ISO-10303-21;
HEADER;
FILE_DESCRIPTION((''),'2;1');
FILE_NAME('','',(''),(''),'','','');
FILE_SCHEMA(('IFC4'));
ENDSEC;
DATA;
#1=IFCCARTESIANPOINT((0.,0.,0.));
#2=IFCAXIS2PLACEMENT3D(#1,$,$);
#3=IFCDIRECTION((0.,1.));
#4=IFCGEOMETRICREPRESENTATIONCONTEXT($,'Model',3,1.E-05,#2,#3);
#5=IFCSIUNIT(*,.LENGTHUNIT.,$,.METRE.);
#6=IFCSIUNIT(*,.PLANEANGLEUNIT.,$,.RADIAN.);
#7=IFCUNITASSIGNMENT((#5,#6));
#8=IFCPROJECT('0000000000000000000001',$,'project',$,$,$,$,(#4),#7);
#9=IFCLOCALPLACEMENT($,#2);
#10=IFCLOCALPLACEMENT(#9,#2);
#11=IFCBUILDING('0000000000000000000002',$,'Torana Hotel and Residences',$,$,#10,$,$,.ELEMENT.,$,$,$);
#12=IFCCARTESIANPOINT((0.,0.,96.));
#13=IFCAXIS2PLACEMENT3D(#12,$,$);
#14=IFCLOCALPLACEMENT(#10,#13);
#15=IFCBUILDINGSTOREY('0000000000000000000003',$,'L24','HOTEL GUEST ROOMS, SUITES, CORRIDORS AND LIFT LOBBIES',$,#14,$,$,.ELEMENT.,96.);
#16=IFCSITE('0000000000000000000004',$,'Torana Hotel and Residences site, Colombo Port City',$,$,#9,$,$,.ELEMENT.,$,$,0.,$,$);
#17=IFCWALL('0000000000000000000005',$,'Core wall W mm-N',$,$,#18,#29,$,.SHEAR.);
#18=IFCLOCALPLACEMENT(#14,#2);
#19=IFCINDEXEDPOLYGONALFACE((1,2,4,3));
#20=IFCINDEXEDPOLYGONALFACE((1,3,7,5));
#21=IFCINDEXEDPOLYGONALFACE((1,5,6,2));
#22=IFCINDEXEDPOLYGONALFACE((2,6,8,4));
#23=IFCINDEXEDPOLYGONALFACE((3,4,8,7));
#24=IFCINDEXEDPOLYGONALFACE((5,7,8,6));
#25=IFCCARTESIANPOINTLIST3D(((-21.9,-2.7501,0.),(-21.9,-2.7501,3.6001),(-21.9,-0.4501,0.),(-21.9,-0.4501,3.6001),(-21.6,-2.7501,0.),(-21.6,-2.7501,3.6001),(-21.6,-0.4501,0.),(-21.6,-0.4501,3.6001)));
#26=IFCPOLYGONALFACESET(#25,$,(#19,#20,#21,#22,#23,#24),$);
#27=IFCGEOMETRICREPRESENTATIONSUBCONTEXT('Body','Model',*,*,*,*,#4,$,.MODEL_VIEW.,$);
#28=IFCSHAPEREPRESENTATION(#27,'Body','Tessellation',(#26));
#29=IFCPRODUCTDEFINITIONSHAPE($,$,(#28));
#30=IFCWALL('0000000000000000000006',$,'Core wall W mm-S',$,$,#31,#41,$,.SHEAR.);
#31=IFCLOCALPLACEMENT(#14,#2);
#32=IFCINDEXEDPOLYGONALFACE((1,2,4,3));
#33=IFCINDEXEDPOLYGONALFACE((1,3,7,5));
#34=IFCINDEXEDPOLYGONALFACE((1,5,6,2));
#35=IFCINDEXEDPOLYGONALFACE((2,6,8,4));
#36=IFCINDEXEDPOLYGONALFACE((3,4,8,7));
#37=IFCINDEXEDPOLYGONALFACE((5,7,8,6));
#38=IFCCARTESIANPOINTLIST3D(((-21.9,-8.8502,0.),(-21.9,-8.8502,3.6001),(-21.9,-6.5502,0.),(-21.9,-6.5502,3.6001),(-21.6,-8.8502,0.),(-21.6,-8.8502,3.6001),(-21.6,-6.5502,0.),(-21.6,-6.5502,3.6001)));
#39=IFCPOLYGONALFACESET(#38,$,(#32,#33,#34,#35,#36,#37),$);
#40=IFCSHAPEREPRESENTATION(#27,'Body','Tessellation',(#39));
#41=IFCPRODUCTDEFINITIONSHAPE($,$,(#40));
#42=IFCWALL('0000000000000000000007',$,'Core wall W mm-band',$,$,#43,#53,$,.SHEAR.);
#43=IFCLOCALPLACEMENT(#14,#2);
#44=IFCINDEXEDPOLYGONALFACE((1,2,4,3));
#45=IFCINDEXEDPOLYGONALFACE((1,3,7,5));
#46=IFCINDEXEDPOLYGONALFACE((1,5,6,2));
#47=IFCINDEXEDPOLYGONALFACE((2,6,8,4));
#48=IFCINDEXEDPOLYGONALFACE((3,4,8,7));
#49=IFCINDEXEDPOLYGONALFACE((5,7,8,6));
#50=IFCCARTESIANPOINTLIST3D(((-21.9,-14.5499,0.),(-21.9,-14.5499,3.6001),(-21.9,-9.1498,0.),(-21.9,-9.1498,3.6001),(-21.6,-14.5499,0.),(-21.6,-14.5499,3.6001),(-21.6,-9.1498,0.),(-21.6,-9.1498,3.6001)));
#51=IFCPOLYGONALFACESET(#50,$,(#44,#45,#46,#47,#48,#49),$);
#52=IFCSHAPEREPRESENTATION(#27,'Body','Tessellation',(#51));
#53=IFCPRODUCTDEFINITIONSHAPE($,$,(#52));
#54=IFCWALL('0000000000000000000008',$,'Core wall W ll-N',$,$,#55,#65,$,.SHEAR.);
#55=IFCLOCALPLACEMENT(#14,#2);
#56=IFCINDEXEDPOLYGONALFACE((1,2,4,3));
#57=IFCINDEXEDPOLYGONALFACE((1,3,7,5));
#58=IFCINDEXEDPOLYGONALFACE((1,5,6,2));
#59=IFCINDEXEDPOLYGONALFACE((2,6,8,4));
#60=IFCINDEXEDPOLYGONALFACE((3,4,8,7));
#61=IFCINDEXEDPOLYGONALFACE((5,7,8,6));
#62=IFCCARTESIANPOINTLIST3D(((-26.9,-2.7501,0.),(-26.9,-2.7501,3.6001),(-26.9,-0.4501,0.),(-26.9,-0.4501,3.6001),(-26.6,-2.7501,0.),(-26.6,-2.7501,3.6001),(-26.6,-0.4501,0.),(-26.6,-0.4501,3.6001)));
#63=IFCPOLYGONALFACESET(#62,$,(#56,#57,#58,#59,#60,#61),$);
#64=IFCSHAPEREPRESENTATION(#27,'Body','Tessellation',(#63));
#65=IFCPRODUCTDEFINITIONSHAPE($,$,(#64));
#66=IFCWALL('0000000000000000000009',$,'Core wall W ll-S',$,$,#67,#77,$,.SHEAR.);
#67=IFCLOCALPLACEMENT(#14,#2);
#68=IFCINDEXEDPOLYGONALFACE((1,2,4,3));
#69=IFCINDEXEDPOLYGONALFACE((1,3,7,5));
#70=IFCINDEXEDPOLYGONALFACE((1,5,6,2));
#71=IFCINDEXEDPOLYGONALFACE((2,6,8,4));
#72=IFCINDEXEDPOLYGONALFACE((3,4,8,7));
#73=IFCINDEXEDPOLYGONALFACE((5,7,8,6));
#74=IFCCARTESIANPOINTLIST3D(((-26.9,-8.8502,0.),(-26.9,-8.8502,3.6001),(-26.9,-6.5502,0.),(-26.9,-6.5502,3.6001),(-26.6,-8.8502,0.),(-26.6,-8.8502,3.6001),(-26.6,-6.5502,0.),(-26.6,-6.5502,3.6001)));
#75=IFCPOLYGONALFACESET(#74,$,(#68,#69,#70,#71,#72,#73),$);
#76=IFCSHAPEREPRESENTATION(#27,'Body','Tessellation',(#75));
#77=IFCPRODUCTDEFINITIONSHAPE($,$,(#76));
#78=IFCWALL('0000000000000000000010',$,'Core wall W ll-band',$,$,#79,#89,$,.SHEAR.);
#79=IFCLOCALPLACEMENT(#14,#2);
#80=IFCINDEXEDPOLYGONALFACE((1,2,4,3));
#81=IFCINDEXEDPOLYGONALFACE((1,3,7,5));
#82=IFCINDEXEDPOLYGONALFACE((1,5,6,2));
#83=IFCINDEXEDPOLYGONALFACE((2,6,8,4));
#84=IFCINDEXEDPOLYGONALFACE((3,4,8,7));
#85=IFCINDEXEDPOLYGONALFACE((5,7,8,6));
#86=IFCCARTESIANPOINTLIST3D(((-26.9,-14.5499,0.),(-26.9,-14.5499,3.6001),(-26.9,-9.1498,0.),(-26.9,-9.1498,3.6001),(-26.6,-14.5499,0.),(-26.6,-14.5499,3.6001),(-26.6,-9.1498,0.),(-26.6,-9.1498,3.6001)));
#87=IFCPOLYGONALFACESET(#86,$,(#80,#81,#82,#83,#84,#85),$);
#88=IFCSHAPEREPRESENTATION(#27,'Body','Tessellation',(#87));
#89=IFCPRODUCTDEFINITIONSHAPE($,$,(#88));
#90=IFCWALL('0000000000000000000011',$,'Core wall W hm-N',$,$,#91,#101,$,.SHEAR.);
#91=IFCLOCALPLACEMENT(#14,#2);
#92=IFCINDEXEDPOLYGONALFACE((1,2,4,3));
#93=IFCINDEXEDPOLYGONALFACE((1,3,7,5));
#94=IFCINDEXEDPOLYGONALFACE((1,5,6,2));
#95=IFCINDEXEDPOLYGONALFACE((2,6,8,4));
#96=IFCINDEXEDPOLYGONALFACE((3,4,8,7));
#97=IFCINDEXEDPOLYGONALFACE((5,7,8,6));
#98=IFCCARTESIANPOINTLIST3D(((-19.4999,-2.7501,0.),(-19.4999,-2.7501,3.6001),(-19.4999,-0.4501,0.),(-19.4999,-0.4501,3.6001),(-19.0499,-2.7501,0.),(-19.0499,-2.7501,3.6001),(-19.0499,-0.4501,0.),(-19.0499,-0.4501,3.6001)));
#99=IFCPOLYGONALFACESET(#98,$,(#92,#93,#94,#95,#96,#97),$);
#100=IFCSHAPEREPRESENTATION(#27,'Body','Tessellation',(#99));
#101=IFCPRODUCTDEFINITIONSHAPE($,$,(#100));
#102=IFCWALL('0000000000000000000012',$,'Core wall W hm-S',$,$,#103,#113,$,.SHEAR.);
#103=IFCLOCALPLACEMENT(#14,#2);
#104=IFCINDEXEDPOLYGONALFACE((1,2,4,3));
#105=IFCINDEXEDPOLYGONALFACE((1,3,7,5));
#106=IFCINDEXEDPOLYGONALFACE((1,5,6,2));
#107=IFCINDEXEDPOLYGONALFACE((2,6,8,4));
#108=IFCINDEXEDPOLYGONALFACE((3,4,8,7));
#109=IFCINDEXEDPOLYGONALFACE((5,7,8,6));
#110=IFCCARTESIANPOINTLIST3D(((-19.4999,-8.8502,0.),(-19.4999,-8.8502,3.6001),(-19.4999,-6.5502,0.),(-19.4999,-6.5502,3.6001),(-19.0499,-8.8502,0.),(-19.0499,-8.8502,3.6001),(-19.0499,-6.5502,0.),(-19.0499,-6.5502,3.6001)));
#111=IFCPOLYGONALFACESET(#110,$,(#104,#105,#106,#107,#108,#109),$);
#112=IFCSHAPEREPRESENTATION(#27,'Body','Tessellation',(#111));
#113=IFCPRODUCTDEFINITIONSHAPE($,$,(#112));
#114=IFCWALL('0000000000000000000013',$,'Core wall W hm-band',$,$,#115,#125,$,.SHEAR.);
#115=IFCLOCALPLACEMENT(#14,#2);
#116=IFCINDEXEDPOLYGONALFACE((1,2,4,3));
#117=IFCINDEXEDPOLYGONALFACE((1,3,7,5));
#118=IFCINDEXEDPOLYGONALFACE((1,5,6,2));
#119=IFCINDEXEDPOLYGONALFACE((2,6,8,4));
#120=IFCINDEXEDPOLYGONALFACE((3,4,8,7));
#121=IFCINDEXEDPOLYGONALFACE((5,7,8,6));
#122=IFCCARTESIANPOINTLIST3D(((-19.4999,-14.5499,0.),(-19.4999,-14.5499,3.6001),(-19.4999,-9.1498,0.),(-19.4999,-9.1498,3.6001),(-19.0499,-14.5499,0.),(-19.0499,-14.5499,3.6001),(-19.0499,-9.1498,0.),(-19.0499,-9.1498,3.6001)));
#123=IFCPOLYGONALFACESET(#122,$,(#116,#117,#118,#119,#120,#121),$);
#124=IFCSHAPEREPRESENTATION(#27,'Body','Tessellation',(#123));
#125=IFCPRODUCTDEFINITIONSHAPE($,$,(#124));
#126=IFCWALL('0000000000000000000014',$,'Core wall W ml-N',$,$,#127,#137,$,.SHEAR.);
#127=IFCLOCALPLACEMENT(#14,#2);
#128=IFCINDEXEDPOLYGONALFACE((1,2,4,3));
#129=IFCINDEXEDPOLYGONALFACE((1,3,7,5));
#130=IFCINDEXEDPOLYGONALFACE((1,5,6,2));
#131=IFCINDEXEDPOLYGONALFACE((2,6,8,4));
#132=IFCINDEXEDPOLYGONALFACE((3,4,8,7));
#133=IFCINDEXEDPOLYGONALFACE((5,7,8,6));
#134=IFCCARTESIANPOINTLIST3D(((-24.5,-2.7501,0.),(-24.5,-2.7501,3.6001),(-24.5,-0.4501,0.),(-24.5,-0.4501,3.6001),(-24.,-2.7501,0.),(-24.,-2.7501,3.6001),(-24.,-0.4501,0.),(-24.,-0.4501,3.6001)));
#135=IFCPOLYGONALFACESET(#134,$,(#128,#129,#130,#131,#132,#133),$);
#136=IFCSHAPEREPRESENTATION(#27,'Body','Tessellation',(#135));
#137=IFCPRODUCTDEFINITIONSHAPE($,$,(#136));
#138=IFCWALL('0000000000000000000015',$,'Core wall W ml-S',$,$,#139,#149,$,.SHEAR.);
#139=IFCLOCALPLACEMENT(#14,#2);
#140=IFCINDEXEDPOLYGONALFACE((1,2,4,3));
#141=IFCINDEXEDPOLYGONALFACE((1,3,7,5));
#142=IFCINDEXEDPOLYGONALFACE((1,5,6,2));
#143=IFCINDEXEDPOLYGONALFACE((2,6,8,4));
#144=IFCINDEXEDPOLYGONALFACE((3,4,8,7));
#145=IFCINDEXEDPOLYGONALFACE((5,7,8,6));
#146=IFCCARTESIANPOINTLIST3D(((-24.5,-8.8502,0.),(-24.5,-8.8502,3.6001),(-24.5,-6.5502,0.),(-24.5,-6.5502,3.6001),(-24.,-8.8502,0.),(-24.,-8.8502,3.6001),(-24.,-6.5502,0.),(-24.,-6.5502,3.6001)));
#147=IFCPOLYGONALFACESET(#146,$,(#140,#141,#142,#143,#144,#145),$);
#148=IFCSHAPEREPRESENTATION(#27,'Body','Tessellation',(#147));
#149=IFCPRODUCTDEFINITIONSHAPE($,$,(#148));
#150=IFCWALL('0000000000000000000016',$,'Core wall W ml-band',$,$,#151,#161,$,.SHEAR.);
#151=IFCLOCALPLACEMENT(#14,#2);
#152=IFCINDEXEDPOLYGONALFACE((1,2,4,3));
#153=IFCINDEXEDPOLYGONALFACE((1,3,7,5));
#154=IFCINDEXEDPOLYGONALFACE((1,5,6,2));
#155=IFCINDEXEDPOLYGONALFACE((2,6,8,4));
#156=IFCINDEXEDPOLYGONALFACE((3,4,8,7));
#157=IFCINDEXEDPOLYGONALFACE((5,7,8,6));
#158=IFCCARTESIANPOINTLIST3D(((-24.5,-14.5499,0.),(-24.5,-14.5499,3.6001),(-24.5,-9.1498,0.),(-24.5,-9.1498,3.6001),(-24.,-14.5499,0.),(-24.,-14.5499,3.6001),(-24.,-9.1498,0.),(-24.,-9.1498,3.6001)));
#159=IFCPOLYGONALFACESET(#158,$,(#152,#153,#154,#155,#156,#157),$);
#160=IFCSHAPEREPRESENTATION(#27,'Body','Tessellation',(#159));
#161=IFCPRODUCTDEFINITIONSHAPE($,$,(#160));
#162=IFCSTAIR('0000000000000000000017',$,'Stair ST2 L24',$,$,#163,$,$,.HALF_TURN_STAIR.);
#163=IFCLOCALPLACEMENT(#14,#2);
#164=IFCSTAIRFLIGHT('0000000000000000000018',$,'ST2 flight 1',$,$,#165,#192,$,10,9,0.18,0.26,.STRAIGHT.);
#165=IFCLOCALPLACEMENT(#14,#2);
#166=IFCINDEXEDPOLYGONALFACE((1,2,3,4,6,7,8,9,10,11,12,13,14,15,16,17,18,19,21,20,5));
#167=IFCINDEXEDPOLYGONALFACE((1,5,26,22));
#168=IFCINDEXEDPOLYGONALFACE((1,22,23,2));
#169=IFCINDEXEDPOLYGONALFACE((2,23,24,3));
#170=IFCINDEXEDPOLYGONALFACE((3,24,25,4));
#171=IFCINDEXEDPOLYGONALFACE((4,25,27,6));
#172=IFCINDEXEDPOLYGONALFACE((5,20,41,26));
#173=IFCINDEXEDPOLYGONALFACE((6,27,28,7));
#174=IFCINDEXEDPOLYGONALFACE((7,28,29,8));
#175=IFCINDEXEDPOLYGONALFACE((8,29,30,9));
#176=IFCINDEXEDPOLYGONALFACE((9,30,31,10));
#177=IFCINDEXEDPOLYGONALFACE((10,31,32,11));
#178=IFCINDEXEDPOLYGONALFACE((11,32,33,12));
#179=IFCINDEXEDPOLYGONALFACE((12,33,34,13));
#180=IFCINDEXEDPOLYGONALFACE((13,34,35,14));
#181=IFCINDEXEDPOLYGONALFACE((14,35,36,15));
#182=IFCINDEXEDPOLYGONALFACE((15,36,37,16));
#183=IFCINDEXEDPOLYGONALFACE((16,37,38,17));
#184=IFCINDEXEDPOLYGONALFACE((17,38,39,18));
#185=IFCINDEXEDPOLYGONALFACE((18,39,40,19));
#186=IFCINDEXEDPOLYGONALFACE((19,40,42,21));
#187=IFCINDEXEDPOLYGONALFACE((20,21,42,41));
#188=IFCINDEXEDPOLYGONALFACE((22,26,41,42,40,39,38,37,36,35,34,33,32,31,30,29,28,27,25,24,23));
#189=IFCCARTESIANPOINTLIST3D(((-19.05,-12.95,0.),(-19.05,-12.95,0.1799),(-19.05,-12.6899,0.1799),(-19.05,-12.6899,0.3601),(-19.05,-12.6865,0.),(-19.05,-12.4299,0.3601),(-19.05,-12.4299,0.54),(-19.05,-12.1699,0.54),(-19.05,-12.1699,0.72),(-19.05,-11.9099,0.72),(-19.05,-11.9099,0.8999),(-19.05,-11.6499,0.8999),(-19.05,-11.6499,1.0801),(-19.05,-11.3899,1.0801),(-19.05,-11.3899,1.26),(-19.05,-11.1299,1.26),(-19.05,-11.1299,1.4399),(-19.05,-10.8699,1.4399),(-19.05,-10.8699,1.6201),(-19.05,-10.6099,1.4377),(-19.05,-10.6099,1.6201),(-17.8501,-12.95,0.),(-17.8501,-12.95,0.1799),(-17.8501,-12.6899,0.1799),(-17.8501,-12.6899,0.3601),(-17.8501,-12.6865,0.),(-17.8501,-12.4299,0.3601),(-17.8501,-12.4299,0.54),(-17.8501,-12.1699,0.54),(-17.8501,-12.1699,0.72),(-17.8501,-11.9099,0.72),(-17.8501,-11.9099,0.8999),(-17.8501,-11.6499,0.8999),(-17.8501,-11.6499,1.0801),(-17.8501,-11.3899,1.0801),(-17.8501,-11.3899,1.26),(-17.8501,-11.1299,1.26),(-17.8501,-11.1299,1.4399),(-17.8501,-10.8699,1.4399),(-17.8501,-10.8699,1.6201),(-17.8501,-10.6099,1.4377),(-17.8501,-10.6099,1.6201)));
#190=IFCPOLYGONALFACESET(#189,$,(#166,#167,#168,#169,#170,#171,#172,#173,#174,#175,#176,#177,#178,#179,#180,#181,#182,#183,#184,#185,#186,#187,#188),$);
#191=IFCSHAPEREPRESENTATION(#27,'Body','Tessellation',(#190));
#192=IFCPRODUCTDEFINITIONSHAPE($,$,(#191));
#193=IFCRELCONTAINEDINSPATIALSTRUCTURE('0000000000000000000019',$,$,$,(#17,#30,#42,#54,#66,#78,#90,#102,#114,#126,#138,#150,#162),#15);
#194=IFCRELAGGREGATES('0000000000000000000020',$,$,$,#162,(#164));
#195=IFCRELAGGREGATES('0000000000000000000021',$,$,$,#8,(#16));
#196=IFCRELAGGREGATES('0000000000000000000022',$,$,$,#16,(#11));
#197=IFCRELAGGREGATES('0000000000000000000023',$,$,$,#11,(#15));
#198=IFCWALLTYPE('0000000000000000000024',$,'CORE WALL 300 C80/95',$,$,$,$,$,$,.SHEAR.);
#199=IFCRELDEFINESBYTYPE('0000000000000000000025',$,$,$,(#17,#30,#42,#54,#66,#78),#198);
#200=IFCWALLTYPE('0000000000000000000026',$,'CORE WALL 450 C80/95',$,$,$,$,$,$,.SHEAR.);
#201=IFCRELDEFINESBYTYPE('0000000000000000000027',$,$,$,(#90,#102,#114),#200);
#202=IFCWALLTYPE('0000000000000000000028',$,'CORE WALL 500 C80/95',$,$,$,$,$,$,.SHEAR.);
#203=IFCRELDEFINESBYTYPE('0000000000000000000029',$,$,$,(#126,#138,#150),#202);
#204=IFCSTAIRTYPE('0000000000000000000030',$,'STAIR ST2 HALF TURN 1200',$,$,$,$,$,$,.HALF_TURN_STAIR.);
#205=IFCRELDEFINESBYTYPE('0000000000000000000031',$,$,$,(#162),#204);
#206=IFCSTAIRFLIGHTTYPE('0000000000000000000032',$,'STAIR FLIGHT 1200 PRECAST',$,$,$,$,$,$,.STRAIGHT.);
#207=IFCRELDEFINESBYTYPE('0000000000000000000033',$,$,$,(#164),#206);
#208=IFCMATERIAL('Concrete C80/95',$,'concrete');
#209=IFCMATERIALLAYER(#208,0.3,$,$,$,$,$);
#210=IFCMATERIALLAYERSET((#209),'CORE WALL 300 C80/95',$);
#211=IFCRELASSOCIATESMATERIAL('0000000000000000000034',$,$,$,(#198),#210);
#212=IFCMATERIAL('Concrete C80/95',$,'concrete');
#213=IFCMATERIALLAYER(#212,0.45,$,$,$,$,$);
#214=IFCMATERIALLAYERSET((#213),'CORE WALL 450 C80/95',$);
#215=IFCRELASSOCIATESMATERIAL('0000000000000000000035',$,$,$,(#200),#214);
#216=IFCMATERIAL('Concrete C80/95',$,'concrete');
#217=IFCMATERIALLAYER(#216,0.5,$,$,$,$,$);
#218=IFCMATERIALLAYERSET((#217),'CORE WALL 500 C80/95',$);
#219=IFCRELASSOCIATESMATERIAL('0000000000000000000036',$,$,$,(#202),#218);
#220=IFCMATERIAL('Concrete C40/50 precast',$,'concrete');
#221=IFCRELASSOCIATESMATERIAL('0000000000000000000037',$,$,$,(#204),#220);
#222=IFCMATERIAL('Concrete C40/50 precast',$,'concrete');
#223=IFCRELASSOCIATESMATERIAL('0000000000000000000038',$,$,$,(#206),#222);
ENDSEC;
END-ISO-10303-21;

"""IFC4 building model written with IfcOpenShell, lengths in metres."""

from ifc_helpers import new_model, si_unit, direction, frame, frame_2d, origin, place, context, subcontext, project, spatial, polyline, rectangle, outline, extrude, material, layer, layer_set, type_object, element, aggregate, save


model = new_model("IFC4")

# Units and contexts
model_context = context("Model", 3, precision=1e-05, world=origin(), true_north=direction((0.0, 1.0)))
body_context = subcontext(model_context, "Body", "Model", "MODEL_VIEW")
ifc_project = project(units=[si_unit("LENGTHUNIT", "METRE"), si_unit("PLANEANGLEUNIT", "RADIAN")], contexts=[model_context])

# Site, building, storey
site_placement = place(None, origin())
site = spatial("IfcSite", under=ifc_project, at=site_placement, Name="Torana Hotel and Residences site, Colombo Port City", CompositionType="ELEMENT", RefElevation=0.0)
building_placement = place(site_placement, origin())
building = spatial("IfcBuilding", under=site, at=building_placement, Name="Torana Hotel and Residences", CompositionType="ELEMENT")
storey_placement = place(building_placement, frame((0.0, 0.0, 96.0)))
storey = spatial("IfcBuildingStorey", under=building, at=storey_placement, Name="L24", Description="HOTEL GUEST ROOMS, SUITES, CORRIDORS AND LIFT LOBBIES", CompositionType="ELEMENT", Elevation=96.0)

# Walls
ifc_material_1 = material(Name="Concrete C80/95", Category="concrete")
ifc_layer_1 = layer(ifc_material_1, 0.3)
ifc_layer_set_1 = layer_set([ifc_layer_1], Name="CORE WALL 300 C80/95")
wall_type_1 = type_object("IfcWallType", Name="CORE WALL 300 C80/95", PredefinedType="SHEAR", material=ifc_layer_set_1)
for number, where, z_axis, x_axis, name in (
    (1, (-21.75, -2.75, 0.0), (0.0, 0.0, 1.0), (0.0, 1.0, 0.0), "Core wall W mm-N"),
    (2, (-21.75, -8.8501, 0.0), (0.0, 0.0, 1.0), (0.0, 1.0, 0.0), "Core wall W mm-S"),
):
    element("IfcWall", number, at=place(storey_placement, frame(where, z_axis=z_axis, x_axis=x_axis)), inside=storey, type_object=wall_type_1, Name=name, PredefinedType="SHEAR", context=body_context, shape_type="SweptSolid", body=[
        extrude(rectangle(XDim=2.3, YDim=0.3, at=frame_2d((1.1499, 0.0))), origin(), (0.0, 0.0, 1.0), 3.6001),
    ])
wall_1_placement = place(storey_placement, frame((-21.75, -14.55, 0.0), z_axis=(0.0, 0.0, 1.0), x_axis=(0.0, 1.0, 0.0)))
element("IfcWall", 3, at=wall_1_placement, inside=storey, type_object=wall_type_1, Name="Core wall W mm-band", PredefinedType="SHEAR", context=body_context, shape_type="SweptSolid", body=[
    extrude(rectangle(XDim=5.4001, YDim=0.3, at=frame_2d((2.7002, 0.0))), origin(), (0.0, 0.0, 1.0), 3.6001),
])
for number, where, z_axis, x_axis, name in (
    (4, (-26.75, -2.75, 0.0), (0.0, 0.0, 1.0), (0.0, 1.0, 0.0), "Core wall W ll-N"),
    (5, (-26.75, -8.8501, 0.0), (0.0, 0.0, 1.0), (0.0, 1.0, 0.0), "Core wall W ll-S"),
):
    element("IfcWall", number, at=place(storey_placement, frame(where, z_axis=z_axis, x_axis=x_axis)), inside=storey, type_object=wall_type_1, Name=name, PredefinedType="SHEAR", context=body_context, shape_type="SweptSolid", body=[
        extrude(rectangle(XDim=2.3, YDim=0.3, at=frame_2d((1.1499, 0.0))), origin(), (0.0, 0.0, 1.0), 3.6001),
    ])
wall_2_placement = place(storey_placement, frame((-26.75, -14.55, 0.0), z_axis=(0.0, 0.0, 1.0), x_axis=(0.0, 1.0, 0.0)))
element("IfcWall", 6, at=wall_2_placement, inside=storey, type_object=wall_type_1, Name="Core wall W ll-band", PredefinedType="SHEAR", context=body_context, shape_type="SweptSolid", body=[
    extrude(rectangle(XDim=5.4001, YDim=0.3, at=frame_2d((2.7002, 0.0))), origin(), (0.0, 0.0, 1.0), 3.6001),
])
ifc_material_2 = material(Name="Concrete C80/95", Category="concrete")
ifc_layer_2 = layer(ifc_material_2, 0.45)
ifc_layer_set_2 = layer_set([ifc_layer_2], Name="CORE WALL 450 C80/95")
wall_type_2 = type_object("IfcWallType", Name="CORE WALL 450 C80/95", PredefinedType="SHEAR", material=ifc_layer_set_2)
for number, where, z_axis, x_axis, name in (
    (7, (-19.2749, -2.75, 0.0), (0.0, 0.0, 1.0), (0.0, 1.0, 0.0), "Core wall W hm-N"),
    (8, (-19.2749, -8.8501, 0.0), (0.0, 0.0, 1.0), (0.0, 1.0, 0.0), "Core wall W hm-S"),
):
    element("IfcWall", number, at=place(storey_placement, frame(where, z_axis=z_axis, x_axis=x_axis)), inside=storey, type_object=wall_type_2, Name=name, PredefinedType="SHEAR", context=body_context, shape_type="SweptSolid", body=[
        extrude(rectangle(XDim=2.3, YDim=0.45, at=frame_2d((1.1499, 0.0))), origin(), (0.0, 0.0, 1.0), 3.6001),
    ])
wall_3_placement = place(storey_placement, frame((-19.2749, -14.55, 0.0), z_axis=(0.0, 0.0, 1.0), x_axis=(0.0, 1.0, 0.0)))
element("IfcWall", 9, at=wall_3_placement, inside=storey, type_object=wall_type_2, Name="Core wall W hm-band", PredefinedType="SHEAR", context=body_context, shape_type="SweptSolid", body=[
    extrude(rectangle(XDim=5.4001, YDim=0.45, at=frame_2d((2.7002, 0.0))), origin(), (0.0, 0.0, 1.0), 3.6001),
])
ifc_material_3 = material(Name="Concrete C80/95", Category="concrete")
ifc_layer_3 = layer(ifc_material_3, 0.5)
ifc_layer_set_3 = layer_set([ifc_layer_3], Name="CORE WALL 500 C80/95")
wall_type_3 = type_object("IfcWallType", Name="CORE WALL 500 C80/95", PredefinedType="SHEAR", material=ifc_layer_set_3)
for number, where, z_axis, x_axis, name in (
    (10, (-24.25, -2.75, 0.0), (0.0, 0.0, 1.0), (0.0, 1.0, 0.0), "Core wall W ml-N"),
    (11, (-24.25, -8.8501, 0.0), (0.0, 0.0, 1.0), (0.0, 1.0, 0.0), "Core wall W ml-S"),
):
    element("IfcWall", number, at=place(storey_placement, frame(where, z_axis=z_axis, x_axis=x_axis)), inside=storey, type_object=wall_type_3, Name=name, PredefinedType="SHEAR", context=body_context, shape_type="SweptSolid", body=[
        extrude(rectangle(XDim=2.3, YDim=0.5, at=frame_2d((1.1499, 0.0))), origin(), (0.0, 0.0, 1.0), 3.6001),
    ])
wall_4_placement = place(storey_placement, frame((-24.25, -14.55, 0.0), z_axis=(0.0, 0.0, 1.0), x_axis=(0.0, 1.0, 0.0)))
element("IfcWall", 12, at=wall_4_placement, inside=storey, type_object=wall_type_3, Name="Core wall W ml-band", PredefinedType="SHEAR", context=body_context, shape_type="SweptSolid", body=[
    extrude(rectangle(XDim=5.4001, YDim=0.5, at=frame_2d((2.7002, 0.0))), origin(), (0.0, 0.0, 1.0), 3.6001),
])

# Stair, stair flight
ifc_material_4 = material(Name="Concrete C40/50 precast", Category="concrete")
stair_type = type_object("IfcStairType", Name="STAIR ST2 HALF TURN 1200", PredefinedType="HALF_TURN_STAIR", material=ifc_material_4)
stair_placement = place(storey_placement, origin())
stair = element("IfcStair", 13, at=stair_placement, inside=storey, type_object=stair_type, Name="Stair ST2 L24", PredefinedType="HALF_TURN_STAIR")
ifc_material_5 = material(Name="Concrete C40/50 precast", Category="concrete")
stair_flight_type = type_object("IfcStairFlightType", Name="STAIR FLIGHT 1200 PRECAST", PredefinedType="STRAIGHT", material=ifc_material_5)
stair_flight_placement = place(storey_placement, frame((-18.45, -12.95, 0.0), z_axis=(0.0, 0.0, 1.0), x_axis=(0.0, 1.0, 0.0)))
stair_flight = element("IfcStairFlight", 14, at=stair_flight_placement, type_object=stair_flight_type, Name="ST2 flight 1", NumberOfRisers=10, NumberOfTreads=9, PredefinedType="STRAIGHT", RiserHeight=0.18, TreadLength=0.26, context=body_context, shape_type="SweptSolid", body=[
    extrude(outline(polyline([(0.0, 0.0), (0.0, 0.1799), (0.26, 0.1799), (0.26, 0.3601), (0.52, 0.3601), (0.52, 0.54), (0.78, 0.54), (0.78, 0.72), (1.04, 0.72), (1.04, 0.8999), (1.3, 0.8999), (1.3, 1.0801), (1.5601, 1.0801), (1.5601, 1.26), (1.8201, 1.26), (1.8201, 1.4399), (2.0801, 1.4399), (2.0801, 1.6201), (2.3401, 1.6201), (2.3401, 1.8), (2.3401, 1.4377), (0.2634, 0.0), (0.0, 0.0)])), frame((0.0, 0.6001, 0.0), z_axis=(0.0, -1.0, 0.0), x_axis=(1.0, 0.0, 0.0)), (0.0, 0.0, 1.0), 1.2),
])
aggregate(stair, [stair_flight])

save(model, "model.ifc")
